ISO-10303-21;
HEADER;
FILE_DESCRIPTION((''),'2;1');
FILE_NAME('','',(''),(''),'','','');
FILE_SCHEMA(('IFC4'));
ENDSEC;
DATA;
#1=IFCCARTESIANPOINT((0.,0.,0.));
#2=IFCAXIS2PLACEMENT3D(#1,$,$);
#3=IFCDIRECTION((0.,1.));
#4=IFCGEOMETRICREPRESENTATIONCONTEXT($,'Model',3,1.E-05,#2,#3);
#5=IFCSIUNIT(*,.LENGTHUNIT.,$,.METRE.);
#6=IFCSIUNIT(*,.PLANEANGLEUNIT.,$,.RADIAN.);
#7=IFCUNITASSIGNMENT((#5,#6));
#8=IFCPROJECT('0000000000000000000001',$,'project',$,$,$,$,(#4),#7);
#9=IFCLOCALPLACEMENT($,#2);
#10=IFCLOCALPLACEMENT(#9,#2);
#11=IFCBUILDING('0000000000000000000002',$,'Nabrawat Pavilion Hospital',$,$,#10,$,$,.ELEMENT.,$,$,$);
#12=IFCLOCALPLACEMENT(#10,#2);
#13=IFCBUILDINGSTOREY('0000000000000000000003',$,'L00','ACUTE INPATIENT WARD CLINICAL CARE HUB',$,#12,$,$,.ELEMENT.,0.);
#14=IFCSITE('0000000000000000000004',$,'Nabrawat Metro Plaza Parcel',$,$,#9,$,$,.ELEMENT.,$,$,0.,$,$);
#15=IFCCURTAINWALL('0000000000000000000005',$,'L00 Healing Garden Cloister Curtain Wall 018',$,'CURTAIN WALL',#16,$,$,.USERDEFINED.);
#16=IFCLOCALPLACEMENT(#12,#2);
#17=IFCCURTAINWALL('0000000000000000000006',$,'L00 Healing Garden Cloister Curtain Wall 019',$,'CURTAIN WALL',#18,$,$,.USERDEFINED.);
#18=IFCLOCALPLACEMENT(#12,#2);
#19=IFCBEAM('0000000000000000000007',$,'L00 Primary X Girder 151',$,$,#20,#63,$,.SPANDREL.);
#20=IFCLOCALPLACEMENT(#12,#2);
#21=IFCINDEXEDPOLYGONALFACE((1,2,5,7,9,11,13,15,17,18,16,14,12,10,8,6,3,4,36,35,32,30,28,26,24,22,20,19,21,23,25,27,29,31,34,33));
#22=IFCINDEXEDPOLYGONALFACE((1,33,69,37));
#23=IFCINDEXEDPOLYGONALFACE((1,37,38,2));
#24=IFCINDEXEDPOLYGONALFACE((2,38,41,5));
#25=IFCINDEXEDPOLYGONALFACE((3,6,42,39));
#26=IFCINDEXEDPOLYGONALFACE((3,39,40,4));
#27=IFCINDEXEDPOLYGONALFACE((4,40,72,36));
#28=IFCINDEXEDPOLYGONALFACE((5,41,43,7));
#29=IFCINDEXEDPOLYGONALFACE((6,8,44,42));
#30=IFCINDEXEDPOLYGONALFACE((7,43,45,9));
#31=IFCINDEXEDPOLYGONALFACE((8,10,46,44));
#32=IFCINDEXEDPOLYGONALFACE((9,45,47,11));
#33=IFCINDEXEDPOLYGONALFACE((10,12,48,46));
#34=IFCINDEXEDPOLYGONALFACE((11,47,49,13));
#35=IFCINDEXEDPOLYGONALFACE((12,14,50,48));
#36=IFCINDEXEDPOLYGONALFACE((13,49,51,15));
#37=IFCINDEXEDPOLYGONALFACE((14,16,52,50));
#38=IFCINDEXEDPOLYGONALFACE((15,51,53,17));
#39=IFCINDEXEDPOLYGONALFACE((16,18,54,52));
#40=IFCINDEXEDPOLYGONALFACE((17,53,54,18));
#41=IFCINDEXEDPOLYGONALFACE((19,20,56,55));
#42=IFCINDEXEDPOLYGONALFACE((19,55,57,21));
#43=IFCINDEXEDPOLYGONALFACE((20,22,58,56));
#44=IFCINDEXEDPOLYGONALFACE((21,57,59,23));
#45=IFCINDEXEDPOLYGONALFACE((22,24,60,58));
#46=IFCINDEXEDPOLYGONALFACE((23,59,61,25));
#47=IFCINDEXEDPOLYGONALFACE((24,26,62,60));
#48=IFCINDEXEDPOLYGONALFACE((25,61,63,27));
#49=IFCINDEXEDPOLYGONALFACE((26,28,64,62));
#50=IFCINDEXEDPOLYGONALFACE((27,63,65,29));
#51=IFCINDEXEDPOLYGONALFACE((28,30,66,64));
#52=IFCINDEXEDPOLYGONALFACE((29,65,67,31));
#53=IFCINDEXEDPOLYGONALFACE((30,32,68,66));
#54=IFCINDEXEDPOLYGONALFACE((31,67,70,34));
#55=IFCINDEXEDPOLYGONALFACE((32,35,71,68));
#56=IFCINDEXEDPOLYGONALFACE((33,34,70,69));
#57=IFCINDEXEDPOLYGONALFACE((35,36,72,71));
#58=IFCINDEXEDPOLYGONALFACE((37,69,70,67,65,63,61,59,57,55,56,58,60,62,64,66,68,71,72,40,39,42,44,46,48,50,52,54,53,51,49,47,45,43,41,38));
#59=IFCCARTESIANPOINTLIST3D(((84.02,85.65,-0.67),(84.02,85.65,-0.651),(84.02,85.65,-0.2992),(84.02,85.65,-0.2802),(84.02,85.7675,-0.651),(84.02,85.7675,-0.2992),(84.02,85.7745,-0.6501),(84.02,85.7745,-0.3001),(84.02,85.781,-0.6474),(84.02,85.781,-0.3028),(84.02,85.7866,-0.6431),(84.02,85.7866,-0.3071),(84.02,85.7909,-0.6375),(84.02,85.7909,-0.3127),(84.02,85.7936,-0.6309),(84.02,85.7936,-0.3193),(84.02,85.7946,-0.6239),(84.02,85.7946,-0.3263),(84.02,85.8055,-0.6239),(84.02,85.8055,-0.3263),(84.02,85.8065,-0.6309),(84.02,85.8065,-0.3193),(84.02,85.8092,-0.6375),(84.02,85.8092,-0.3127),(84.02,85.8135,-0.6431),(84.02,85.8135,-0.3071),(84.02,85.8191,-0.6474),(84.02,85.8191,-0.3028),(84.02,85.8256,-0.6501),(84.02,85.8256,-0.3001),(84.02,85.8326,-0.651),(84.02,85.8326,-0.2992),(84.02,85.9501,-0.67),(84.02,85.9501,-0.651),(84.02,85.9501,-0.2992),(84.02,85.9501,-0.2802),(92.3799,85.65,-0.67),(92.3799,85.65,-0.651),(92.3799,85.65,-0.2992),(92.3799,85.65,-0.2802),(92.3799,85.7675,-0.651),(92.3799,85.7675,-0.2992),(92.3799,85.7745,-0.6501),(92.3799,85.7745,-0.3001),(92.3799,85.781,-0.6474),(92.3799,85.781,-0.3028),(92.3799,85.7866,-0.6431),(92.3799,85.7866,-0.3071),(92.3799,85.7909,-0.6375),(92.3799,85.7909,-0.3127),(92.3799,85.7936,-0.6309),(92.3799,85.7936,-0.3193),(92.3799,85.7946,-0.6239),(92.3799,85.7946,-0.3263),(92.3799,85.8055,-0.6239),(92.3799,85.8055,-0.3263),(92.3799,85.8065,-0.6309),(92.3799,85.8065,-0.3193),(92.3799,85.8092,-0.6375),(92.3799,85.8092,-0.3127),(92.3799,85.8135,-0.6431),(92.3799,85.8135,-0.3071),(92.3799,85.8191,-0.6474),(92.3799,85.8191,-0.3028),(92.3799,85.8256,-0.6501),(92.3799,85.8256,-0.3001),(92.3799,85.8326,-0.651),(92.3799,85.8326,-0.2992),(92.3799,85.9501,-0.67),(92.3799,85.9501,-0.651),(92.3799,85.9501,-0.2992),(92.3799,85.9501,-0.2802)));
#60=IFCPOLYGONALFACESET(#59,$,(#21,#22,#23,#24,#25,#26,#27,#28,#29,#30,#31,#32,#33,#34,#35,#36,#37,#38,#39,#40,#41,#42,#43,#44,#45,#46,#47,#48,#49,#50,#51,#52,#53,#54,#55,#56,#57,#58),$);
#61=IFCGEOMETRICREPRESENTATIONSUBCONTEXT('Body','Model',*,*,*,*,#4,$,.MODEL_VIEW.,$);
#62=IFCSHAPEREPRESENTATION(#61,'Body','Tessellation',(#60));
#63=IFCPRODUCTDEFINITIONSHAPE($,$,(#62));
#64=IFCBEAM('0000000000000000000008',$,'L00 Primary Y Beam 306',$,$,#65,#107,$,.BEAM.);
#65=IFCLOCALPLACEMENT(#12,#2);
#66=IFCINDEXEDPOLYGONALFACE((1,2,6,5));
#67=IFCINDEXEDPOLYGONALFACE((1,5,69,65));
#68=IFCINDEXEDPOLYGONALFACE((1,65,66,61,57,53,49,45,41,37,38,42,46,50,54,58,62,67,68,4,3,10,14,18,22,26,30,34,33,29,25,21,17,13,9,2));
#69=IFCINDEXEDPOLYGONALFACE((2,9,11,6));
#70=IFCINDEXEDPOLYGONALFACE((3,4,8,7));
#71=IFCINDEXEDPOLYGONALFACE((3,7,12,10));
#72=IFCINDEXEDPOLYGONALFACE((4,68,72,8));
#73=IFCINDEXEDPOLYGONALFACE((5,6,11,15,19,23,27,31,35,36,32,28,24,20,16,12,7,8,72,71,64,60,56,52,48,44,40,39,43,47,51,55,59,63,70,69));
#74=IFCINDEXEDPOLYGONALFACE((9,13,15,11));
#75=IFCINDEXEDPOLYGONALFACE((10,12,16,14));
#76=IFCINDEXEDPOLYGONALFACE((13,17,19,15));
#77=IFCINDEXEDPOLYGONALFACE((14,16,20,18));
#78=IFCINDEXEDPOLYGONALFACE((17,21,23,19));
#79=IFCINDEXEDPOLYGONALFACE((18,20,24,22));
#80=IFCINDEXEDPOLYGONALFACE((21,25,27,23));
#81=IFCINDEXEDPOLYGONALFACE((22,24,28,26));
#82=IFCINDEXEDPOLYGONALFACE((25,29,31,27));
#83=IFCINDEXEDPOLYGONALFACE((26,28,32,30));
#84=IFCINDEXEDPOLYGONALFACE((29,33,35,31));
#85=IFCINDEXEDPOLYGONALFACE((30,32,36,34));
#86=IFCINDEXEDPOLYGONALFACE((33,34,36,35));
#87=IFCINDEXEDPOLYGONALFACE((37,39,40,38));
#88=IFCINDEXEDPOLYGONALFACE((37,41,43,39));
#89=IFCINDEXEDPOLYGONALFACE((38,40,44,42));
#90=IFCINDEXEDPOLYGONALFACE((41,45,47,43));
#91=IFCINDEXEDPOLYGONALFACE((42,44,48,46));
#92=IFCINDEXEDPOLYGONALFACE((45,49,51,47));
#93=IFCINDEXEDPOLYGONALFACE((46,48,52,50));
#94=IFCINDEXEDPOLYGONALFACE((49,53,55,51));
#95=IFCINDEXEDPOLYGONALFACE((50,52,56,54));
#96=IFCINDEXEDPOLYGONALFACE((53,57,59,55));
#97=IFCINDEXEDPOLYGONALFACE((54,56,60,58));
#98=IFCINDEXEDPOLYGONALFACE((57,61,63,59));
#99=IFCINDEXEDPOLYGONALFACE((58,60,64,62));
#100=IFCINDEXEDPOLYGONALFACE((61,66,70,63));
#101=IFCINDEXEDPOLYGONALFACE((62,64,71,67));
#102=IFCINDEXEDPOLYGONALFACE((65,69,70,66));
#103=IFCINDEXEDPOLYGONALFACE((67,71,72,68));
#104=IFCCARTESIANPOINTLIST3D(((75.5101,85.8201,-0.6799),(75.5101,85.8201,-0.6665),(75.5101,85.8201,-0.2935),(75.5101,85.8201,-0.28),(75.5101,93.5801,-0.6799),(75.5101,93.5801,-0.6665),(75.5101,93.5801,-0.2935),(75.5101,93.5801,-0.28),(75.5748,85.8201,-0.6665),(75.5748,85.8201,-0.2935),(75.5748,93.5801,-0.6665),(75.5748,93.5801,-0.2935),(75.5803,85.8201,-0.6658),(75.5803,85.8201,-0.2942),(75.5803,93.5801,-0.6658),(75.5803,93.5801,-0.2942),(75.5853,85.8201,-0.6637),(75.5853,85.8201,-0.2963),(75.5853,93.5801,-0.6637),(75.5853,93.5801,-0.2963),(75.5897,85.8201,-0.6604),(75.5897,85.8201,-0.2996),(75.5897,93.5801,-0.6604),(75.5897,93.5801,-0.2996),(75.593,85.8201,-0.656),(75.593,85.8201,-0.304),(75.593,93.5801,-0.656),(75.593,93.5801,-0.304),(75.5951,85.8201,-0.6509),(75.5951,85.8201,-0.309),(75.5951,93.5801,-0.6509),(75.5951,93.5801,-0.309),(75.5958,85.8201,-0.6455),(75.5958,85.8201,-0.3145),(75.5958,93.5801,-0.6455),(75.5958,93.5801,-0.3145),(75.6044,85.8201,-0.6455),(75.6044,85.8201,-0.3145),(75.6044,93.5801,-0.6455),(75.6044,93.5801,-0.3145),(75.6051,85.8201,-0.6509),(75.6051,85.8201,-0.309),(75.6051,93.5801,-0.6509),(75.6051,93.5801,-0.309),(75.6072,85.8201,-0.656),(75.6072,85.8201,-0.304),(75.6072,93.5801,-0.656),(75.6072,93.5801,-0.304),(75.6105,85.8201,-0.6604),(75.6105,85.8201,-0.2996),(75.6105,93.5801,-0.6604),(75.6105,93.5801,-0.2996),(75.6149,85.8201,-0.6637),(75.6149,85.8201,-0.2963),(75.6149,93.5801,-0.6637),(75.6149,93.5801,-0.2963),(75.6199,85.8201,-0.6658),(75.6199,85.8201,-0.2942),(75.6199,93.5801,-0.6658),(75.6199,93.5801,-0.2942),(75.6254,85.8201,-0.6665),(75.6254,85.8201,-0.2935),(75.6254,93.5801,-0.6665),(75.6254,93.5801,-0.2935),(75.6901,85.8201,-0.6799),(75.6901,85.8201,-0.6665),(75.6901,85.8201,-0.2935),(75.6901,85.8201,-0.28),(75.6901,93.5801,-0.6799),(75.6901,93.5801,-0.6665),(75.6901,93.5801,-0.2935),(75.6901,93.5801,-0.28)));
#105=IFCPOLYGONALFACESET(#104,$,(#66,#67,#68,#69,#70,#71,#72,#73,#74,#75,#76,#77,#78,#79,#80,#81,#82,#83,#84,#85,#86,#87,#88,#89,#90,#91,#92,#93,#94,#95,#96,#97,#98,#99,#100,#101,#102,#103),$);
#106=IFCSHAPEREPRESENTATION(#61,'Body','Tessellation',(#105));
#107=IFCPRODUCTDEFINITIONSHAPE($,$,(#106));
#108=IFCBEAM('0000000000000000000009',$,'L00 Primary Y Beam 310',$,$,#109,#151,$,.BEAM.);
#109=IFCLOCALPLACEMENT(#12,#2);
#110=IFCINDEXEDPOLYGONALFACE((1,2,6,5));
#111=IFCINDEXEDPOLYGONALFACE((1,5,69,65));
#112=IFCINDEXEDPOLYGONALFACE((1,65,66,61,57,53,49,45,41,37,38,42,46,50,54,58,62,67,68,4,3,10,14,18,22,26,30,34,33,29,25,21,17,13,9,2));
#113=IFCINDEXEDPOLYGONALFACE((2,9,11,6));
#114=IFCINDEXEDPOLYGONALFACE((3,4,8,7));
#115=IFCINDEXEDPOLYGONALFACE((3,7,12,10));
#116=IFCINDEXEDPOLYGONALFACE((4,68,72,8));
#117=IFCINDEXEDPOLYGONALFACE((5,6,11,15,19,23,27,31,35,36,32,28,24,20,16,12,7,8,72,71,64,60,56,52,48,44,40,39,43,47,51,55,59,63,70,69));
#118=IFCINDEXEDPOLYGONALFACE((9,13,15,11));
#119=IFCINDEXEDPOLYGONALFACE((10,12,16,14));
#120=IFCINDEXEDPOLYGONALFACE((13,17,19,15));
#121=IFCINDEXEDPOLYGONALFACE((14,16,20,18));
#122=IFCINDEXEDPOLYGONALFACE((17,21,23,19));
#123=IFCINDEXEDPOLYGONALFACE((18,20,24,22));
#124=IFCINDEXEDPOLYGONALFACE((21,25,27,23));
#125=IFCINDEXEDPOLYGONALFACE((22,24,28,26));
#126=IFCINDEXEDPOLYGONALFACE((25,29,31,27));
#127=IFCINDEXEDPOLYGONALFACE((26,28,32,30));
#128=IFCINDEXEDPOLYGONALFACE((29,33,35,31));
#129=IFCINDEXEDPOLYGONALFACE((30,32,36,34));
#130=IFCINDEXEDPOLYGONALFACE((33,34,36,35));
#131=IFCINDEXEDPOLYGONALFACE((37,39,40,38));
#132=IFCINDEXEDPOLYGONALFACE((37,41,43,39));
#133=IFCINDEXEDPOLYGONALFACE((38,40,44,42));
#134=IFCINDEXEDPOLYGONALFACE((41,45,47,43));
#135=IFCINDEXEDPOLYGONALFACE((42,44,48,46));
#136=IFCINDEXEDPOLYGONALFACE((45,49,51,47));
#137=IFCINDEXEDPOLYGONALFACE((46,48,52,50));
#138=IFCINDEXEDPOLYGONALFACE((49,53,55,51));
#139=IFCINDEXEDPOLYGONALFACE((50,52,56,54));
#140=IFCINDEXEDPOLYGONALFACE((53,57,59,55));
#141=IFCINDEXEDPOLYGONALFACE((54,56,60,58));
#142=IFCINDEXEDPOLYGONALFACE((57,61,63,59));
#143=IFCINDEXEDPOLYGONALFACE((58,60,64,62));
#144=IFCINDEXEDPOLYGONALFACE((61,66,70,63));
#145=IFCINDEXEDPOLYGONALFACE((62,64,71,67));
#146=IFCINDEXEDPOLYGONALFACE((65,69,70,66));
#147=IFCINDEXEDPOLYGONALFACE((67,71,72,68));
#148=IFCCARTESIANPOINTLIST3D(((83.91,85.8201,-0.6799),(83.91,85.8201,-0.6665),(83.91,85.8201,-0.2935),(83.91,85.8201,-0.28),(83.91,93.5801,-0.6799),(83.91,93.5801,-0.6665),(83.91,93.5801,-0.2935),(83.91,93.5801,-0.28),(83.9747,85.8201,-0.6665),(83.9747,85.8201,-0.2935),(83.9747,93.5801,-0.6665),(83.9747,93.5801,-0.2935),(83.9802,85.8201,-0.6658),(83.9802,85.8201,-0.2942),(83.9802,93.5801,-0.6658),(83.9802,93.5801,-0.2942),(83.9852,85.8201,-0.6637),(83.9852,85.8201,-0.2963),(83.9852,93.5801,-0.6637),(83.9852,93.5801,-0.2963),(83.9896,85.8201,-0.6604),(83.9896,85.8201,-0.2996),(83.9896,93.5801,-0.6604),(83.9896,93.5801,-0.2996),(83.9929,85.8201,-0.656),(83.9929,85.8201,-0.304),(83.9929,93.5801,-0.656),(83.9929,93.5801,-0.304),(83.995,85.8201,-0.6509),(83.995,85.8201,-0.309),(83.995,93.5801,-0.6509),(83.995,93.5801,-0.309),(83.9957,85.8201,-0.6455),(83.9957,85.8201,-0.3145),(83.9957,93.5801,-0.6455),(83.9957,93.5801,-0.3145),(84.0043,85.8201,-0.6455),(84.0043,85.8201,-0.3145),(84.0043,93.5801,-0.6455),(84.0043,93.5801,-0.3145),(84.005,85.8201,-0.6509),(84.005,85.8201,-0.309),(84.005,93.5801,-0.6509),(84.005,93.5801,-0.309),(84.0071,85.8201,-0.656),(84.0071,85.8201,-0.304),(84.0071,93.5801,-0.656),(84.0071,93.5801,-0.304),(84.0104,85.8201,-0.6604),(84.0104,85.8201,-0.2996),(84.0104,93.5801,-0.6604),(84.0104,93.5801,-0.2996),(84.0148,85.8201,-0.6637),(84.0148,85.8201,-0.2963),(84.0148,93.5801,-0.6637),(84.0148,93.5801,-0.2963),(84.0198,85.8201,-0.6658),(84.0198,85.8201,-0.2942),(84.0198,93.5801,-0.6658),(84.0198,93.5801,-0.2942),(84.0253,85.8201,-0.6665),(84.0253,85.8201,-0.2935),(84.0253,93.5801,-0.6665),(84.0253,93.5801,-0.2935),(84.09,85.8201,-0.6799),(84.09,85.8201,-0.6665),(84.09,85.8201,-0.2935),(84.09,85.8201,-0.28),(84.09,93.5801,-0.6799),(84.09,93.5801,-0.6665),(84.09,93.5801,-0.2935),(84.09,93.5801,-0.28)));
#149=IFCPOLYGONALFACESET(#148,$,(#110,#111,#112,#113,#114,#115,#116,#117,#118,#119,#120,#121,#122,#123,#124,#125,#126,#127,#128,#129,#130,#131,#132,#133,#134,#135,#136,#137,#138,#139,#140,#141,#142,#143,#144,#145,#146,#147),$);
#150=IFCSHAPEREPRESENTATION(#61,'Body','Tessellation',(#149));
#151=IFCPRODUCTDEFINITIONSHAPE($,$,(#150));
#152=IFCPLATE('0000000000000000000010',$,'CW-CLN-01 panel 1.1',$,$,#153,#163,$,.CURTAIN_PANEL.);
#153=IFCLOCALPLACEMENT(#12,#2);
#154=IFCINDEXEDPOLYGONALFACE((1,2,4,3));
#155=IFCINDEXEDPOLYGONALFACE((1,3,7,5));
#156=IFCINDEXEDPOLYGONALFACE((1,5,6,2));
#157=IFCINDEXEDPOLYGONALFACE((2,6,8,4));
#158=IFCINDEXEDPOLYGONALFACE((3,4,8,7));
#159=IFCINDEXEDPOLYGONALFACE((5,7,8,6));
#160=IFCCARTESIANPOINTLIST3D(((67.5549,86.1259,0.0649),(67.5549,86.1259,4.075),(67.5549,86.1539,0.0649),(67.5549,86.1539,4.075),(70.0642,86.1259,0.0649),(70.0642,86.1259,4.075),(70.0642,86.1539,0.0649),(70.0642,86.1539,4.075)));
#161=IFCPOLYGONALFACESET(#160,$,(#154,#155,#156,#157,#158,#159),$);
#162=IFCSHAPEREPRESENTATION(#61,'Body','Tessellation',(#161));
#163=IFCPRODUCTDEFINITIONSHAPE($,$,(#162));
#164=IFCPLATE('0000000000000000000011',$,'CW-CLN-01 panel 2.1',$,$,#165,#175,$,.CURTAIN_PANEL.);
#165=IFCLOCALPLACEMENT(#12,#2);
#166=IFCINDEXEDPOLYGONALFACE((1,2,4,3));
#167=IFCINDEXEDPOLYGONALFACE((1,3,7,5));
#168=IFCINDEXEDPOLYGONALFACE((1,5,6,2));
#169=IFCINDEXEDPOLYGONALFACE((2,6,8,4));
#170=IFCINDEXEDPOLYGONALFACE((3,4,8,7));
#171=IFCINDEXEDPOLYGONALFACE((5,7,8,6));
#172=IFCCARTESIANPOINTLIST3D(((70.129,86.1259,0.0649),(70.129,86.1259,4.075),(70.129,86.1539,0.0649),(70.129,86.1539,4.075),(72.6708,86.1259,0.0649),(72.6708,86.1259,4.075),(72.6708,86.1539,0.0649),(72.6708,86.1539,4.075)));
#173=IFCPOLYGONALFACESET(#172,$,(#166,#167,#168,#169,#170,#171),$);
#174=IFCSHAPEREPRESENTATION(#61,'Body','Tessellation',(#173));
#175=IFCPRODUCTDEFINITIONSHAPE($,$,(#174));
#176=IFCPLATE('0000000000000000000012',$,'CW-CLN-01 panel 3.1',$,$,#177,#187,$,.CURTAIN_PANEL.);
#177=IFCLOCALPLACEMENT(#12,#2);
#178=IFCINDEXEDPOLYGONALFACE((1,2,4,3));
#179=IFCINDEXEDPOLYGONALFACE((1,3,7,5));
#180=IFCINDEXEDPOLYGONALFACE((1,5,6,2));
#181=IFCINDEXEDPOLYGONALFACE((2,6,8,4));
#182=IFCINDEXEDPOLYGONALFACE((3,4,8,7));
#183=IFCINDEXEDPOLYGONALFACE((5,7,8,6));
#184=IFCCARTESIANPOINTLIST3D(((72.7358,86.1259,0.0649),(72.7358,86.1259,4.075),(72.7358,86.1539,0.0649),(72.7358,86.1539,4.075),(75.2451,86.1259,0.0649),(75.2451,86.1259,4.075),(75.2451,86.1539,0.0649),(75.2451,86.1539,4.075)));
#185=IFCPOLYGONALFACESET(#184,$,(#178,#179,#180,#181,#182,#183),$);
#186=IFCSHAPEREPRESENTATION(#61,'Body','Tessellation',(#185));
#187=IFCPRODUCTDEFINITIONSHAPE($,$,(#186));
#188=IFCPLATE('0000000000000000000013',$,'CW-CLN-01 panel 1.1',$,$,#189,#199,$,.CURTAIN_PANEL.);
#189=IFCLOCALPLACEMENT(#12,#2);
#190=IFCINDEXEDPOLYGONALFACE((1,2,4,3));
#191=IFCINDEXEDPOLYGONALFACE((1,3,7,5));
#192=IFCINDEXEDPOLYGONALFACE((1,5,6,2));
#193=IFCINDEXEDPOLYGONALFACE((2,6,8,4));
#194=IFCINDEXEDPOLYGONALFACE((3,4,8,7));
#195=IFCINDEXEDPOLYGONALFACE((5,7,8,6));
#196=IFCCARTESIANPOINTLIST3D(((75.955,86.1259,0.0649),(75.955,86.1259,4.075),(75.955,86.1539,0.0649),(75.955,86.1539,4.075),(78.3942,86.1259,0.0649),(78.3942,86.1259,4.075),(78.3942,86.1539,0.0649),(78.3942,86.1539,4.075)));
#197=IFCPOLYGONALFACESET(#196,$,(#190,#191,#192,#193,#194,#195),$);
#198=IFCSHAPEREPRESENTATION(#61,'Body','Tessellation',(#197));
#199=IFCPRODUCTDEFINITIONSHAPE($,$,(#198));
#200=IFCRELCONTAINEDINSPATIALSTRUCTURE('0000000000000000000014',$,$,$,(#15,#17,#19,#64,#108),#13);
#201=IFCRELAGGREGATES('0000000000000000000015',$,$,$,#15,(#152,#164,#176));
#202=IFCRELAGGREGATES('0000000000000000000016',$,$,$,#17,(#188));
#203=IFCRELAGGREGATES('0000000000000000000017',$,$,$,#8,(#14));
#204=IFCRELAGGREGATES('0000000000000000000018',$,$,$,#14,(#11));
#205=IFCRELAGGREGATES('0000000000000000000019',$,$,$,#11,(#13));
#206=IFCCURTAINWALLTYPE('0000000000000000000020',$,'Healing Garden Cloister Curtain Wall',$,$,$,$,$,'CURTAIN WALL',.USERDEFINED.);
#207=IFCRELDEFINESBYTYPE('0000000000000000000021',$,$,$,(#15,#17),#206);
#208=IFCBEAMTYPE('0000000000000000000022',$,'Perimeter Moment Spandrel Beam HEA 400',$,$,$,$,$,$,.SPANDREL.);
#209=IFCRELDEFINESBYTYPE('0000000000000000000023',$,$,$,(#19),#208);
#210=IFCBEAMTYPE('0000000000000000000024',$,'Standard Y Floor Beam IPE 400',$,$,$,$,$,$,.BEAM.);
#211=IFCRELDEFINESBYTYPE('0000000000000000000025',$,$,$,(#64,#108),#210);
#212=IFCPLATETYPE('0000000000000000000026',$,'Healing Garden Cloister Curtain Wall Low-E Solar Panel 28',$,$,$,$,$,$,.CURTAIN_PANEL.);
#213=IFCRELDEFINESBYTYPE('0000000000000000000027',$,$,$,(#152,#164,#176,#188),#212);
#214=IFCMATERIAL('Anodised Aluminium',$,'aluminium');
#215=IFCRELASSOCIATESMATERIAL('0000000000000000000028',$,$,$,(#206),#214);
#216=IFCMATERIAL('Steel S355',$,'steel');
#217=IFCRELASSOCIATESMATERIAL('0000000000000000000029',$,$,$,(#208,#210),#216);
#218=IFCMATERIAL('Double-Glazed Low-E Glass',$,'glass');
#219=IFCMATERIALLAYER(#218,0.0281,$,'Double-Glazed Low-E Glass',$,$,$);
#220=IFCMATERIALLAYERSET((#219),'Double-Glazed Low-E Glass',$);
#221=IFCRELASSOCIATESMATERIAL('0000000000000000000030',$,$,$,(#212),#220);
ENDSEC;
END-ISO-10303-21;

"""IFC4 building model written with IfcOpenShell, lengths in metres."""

from ifc_helpers import new_model, si_unit, direction, frame, origin, origin_2d, place, context, subcontext, project, spatial, rectangle, i_section, extrude, material, layer, layer_set, material_profile, profile_set, type_object, element, aggregate, save


model = new_model("IFC4")

# Units and contexts
model_context = context("Model", 3, precision=1e-05, world=origin(), true_north=direction((0.0, 1.0)))
body_context = subcontext(model_context, "Body", "Model", "MODEL_VIEW")
ifc_project = project(units=[si_unit("LENGTHUNIT", "METRE"), si_unit("PLANEANGLEUNIT", "RADIAN")], contexts=[model_context])

# Site, building, storey
site_placement = place(None, origin())
site = spatial("IfcSite", under=ifc_project, at=site_placement, Name="Nabrawat Metro Plaza Parcel", CompositionType="ELEMENT", RefElevation=0.0)
building_placement = place(site_placement, origin())
building = spatial("IfcBuilding", under=site, at=building_placement, Name="Nabrawat Pavilion Hospital", CompositionType="ELEMENT")
storey_placement = place(building_placement, origin())
storey = spatial("IfcBuildingStorey", under=building, at=storey_placement, Name="L00", Description="ACUTE INPATIENT WARD CLINICAL CARE HUB", CompositionType="ELEMENT", Elevation=0.0)

# Shared definitions
ifc_material_1 = material(Name="Steel S355", Category="steel")

# Curtain walls
ifc_material_2 = material(Name="Anodised Aluminium", Category="aluminium")
curtain_wall_type = type_object("IfcCurtainWallType", Name="Healing Garden Cloister Curtain Wall", ElementType="CURTAIN WALL", PredefinedType="USERDEFINED", material=ifc_material_2)
curtain_wall_1_placement = place(storey_placement, origin())
curtain_wall_1 = element("IfcCurtainWall", 1, at=curtain_wall_1_placement, inside=storey, type_object=curtain_wall_type, Name="L00 Healing Garden Cloister Curtain Wall 018", ObjectType="CURTAIN WALL", PredefinedType="USERDEFINED")
curtain_wall_2_placement = place(storey_placement, origin())
curtain_wall_2 = element("IfcCurtainWall", 2, at=curtain_wall_2_placement, inside=storey, type_object=curtain_wall_type, Name="L00 Healing Garden Cloister Curtain Wall 019", ObjectType="CURTAIN WALL", PredefinedType="USERDEFINED")

# Beams
ifc_material_profile_1 = material_profile(ifc_material_1, i_section(OverallWidth=0.3, OverallDepth=0.3899, WebThickness=0.011, FlangeThickness=0.019, FilletRadius=0.0271, at=origin_2d()), Name="HEA 400")
ifc_profile_set_1 = profile_set([ifc_material_profile_1], Name="Steel S355")
beam_type_1 = type_object("IfcBeamType", Name="Perimeter Moment Spandrel Beam HEA 400", PredefinedType="SPANDREL", material=ifc_profile_set_1)
for number, where, z_axis, x_axis, name in (
    (3, (84.02, 85.8, -0.4751), (1.0, 0.0, 0.0), (0.0, 1.0, 0.0), "L00 Primary X Girder 151"),
):
    element("IfcBeam", number, at=place(storey_placement, frame(where, z_axis=z_axis, x_axis=x_axis)), inside=storey, type_object=beam_type_1, Name=name, PredefinedType="SPANDREL", context=body_context, shape_type="SweptSolid", body=[
        extrude(i_section(OverallWidth=0.3, OverallDepth=0.3899, WebThickness=0.011, FlangeThickness=0.019, FilletRadius=0.0271, at=origin_2d()), origin(), (0.0, 0.0, 1.0), 8.3599),
    ])
ifc_material_profile_2 = material_profile(ifc_material_1, i_section(OverallWidth=0.1799, OverallDepth=0.3999, WebThickness=0.0085, FlangeThickness=0.0134, FilletRadius=0.021, at=origin_2d()), Name="IPE 400")
ifc_profile_set_2 = profile_set([ifc_material_profile_2], Name="Steel S355")
beam_type_2 = type_object("IfcBeamType", Name="Standard Y Floor Beam IPE 400", PredefinedType="BEAM", material=ifc_profile_set_2)
for number, where, z_axis, x_axis, name in (
    (4, (75.6001, 85.8201, -0.48), (0.0, 1.0, 0.0), (-1.0, 0.0, 0.0), "L00 Primary Y Beam 306"),
    (5, (84.0, 85.8201, -0.48), (0.0, 1.0, 0.0), (-1.0, 0.0, 0.0), "L00 Primary Y Beam 310"),
):
    element("IfcBeam", number, at=place(storey_placement, frame(where, z_axis=z_axis, x_axis=x_axis)), inside=storey, type_object=beam_type_2, Name=name, PredefinedType="BEAM", context=body_context, shape_type="SweptSolid", body=[
        extrude(i_section(OverallWidth=0.1799, OverallDepth=0.3999, WebThickness=0.0085, FlangeThickness=0.0134, FilletRadius=0.021, at=origin_2d()), origin(), (0.0, 0.0, 1.0), 7.76),
    ])

# Plates
ifc_material_3 = material(Name="Double-Glazed Low-E Glass", Category="glass")
ifc_layer_1 = layer(ifc_material_3, 0.0281, Name="Double-Glazed Low-E Glass")
ifc_layer_set_1 = layer_set([ifc_layer_1], Name="Double-Glazed Low-E Glass")
plate_type = type_object("IfcPlateType", Name="Healing Garden Cloister Curtain Wall Low-E Solar Panel 28", PredefinedType="CURTAIN_PANEL", material=ifc_layer_set_1)
plate_1_placement = place(storey_placement, frame((68.8096, 86.1399, 0.0649), z_axis=(0.0, 0.0, 1.0), x_axis=(1.0, 0.0, 0.0)))
plate_1 = element("IfcPlate", 6, at=plate_1_placement, type_object=plate_type, Name="CW-CLN-01 panel 1.1", PredefinedType="CURTAIN_PANEL", context=body_context, shape_type="SweptSolid", body=[
    extrude(rectangle(XDim=2.5093, YDim=0.0281, at=origin_2d()), origin(), (0.0, 0.0, 1.0), 4.01),
])
plate_2_placement = place(storey_placement, frame((71.3999, 86.1399, 0.0649), z_axis=(0.0, 0.0, 1.0), x_axis=(1.0, 0.0, 0.0)))
plate_2 = element("IfcPlate", 7, at=plate_2_placement, type_object=plate_type, Name="CW-CLN-01 panel 2.1", PredefinedType="CURTAIN_PANEL", context=body_context, shape_type="SweptSolid", body=[
    extrude(rectangle(XDim=2.5417, YDim=0.0281, at=origin_2d()), origin(), (0.0, 0.0, 1.0), 4.01),
])
plate_3_placement = place(storey_placement, frame((73.9905, 86.1399, 0.0649), z_axis=(0.0, 0.0, 1.0), x_axis=(1.0, 0.0, 0.0)))
plate_3 = element("IfcPlate", 8, at=plate_3_placement, type_object=plate_type, Name="CW-CLN-01 panel 3.1", PredefinedType="CURTAIN_PANEL", context=body_context, shape_type="SweptSolid", body=[
    extrude(rectangle(XDim=2.5093, YDim=0.0281, at=origin_2d()), origin(), (0.0, 0.0, 1.0), 4.01),
])
aggregate(curtain_wall_1, [plate_1, plate_2, plate_3])
plate_4_placement = place(storey_placement, frame((77.1746, 86.1399, 0.0649), z_axis=(0.0, 0.0, 1.0), x_axis=(1.0, 0.0, 0.0)))
plate_4 = element("IfcPlate", 9, at=plate_4_placement, type_object=plate_type, Name="CW-CLN-01 panel 1.1", PredefinedType="CURTAIN_PANEL", context=body_context, shape_type="SweptSolid", body=[
    extrude(rectangle(XDim=2.4392, YDim=0.0281, at=origin_2d()), origin(), (0.0, 0.0, 1.0), 4.01),
])
aggregate(curtain_wall_2, [plate_4])

save(model, "model.ifc")
